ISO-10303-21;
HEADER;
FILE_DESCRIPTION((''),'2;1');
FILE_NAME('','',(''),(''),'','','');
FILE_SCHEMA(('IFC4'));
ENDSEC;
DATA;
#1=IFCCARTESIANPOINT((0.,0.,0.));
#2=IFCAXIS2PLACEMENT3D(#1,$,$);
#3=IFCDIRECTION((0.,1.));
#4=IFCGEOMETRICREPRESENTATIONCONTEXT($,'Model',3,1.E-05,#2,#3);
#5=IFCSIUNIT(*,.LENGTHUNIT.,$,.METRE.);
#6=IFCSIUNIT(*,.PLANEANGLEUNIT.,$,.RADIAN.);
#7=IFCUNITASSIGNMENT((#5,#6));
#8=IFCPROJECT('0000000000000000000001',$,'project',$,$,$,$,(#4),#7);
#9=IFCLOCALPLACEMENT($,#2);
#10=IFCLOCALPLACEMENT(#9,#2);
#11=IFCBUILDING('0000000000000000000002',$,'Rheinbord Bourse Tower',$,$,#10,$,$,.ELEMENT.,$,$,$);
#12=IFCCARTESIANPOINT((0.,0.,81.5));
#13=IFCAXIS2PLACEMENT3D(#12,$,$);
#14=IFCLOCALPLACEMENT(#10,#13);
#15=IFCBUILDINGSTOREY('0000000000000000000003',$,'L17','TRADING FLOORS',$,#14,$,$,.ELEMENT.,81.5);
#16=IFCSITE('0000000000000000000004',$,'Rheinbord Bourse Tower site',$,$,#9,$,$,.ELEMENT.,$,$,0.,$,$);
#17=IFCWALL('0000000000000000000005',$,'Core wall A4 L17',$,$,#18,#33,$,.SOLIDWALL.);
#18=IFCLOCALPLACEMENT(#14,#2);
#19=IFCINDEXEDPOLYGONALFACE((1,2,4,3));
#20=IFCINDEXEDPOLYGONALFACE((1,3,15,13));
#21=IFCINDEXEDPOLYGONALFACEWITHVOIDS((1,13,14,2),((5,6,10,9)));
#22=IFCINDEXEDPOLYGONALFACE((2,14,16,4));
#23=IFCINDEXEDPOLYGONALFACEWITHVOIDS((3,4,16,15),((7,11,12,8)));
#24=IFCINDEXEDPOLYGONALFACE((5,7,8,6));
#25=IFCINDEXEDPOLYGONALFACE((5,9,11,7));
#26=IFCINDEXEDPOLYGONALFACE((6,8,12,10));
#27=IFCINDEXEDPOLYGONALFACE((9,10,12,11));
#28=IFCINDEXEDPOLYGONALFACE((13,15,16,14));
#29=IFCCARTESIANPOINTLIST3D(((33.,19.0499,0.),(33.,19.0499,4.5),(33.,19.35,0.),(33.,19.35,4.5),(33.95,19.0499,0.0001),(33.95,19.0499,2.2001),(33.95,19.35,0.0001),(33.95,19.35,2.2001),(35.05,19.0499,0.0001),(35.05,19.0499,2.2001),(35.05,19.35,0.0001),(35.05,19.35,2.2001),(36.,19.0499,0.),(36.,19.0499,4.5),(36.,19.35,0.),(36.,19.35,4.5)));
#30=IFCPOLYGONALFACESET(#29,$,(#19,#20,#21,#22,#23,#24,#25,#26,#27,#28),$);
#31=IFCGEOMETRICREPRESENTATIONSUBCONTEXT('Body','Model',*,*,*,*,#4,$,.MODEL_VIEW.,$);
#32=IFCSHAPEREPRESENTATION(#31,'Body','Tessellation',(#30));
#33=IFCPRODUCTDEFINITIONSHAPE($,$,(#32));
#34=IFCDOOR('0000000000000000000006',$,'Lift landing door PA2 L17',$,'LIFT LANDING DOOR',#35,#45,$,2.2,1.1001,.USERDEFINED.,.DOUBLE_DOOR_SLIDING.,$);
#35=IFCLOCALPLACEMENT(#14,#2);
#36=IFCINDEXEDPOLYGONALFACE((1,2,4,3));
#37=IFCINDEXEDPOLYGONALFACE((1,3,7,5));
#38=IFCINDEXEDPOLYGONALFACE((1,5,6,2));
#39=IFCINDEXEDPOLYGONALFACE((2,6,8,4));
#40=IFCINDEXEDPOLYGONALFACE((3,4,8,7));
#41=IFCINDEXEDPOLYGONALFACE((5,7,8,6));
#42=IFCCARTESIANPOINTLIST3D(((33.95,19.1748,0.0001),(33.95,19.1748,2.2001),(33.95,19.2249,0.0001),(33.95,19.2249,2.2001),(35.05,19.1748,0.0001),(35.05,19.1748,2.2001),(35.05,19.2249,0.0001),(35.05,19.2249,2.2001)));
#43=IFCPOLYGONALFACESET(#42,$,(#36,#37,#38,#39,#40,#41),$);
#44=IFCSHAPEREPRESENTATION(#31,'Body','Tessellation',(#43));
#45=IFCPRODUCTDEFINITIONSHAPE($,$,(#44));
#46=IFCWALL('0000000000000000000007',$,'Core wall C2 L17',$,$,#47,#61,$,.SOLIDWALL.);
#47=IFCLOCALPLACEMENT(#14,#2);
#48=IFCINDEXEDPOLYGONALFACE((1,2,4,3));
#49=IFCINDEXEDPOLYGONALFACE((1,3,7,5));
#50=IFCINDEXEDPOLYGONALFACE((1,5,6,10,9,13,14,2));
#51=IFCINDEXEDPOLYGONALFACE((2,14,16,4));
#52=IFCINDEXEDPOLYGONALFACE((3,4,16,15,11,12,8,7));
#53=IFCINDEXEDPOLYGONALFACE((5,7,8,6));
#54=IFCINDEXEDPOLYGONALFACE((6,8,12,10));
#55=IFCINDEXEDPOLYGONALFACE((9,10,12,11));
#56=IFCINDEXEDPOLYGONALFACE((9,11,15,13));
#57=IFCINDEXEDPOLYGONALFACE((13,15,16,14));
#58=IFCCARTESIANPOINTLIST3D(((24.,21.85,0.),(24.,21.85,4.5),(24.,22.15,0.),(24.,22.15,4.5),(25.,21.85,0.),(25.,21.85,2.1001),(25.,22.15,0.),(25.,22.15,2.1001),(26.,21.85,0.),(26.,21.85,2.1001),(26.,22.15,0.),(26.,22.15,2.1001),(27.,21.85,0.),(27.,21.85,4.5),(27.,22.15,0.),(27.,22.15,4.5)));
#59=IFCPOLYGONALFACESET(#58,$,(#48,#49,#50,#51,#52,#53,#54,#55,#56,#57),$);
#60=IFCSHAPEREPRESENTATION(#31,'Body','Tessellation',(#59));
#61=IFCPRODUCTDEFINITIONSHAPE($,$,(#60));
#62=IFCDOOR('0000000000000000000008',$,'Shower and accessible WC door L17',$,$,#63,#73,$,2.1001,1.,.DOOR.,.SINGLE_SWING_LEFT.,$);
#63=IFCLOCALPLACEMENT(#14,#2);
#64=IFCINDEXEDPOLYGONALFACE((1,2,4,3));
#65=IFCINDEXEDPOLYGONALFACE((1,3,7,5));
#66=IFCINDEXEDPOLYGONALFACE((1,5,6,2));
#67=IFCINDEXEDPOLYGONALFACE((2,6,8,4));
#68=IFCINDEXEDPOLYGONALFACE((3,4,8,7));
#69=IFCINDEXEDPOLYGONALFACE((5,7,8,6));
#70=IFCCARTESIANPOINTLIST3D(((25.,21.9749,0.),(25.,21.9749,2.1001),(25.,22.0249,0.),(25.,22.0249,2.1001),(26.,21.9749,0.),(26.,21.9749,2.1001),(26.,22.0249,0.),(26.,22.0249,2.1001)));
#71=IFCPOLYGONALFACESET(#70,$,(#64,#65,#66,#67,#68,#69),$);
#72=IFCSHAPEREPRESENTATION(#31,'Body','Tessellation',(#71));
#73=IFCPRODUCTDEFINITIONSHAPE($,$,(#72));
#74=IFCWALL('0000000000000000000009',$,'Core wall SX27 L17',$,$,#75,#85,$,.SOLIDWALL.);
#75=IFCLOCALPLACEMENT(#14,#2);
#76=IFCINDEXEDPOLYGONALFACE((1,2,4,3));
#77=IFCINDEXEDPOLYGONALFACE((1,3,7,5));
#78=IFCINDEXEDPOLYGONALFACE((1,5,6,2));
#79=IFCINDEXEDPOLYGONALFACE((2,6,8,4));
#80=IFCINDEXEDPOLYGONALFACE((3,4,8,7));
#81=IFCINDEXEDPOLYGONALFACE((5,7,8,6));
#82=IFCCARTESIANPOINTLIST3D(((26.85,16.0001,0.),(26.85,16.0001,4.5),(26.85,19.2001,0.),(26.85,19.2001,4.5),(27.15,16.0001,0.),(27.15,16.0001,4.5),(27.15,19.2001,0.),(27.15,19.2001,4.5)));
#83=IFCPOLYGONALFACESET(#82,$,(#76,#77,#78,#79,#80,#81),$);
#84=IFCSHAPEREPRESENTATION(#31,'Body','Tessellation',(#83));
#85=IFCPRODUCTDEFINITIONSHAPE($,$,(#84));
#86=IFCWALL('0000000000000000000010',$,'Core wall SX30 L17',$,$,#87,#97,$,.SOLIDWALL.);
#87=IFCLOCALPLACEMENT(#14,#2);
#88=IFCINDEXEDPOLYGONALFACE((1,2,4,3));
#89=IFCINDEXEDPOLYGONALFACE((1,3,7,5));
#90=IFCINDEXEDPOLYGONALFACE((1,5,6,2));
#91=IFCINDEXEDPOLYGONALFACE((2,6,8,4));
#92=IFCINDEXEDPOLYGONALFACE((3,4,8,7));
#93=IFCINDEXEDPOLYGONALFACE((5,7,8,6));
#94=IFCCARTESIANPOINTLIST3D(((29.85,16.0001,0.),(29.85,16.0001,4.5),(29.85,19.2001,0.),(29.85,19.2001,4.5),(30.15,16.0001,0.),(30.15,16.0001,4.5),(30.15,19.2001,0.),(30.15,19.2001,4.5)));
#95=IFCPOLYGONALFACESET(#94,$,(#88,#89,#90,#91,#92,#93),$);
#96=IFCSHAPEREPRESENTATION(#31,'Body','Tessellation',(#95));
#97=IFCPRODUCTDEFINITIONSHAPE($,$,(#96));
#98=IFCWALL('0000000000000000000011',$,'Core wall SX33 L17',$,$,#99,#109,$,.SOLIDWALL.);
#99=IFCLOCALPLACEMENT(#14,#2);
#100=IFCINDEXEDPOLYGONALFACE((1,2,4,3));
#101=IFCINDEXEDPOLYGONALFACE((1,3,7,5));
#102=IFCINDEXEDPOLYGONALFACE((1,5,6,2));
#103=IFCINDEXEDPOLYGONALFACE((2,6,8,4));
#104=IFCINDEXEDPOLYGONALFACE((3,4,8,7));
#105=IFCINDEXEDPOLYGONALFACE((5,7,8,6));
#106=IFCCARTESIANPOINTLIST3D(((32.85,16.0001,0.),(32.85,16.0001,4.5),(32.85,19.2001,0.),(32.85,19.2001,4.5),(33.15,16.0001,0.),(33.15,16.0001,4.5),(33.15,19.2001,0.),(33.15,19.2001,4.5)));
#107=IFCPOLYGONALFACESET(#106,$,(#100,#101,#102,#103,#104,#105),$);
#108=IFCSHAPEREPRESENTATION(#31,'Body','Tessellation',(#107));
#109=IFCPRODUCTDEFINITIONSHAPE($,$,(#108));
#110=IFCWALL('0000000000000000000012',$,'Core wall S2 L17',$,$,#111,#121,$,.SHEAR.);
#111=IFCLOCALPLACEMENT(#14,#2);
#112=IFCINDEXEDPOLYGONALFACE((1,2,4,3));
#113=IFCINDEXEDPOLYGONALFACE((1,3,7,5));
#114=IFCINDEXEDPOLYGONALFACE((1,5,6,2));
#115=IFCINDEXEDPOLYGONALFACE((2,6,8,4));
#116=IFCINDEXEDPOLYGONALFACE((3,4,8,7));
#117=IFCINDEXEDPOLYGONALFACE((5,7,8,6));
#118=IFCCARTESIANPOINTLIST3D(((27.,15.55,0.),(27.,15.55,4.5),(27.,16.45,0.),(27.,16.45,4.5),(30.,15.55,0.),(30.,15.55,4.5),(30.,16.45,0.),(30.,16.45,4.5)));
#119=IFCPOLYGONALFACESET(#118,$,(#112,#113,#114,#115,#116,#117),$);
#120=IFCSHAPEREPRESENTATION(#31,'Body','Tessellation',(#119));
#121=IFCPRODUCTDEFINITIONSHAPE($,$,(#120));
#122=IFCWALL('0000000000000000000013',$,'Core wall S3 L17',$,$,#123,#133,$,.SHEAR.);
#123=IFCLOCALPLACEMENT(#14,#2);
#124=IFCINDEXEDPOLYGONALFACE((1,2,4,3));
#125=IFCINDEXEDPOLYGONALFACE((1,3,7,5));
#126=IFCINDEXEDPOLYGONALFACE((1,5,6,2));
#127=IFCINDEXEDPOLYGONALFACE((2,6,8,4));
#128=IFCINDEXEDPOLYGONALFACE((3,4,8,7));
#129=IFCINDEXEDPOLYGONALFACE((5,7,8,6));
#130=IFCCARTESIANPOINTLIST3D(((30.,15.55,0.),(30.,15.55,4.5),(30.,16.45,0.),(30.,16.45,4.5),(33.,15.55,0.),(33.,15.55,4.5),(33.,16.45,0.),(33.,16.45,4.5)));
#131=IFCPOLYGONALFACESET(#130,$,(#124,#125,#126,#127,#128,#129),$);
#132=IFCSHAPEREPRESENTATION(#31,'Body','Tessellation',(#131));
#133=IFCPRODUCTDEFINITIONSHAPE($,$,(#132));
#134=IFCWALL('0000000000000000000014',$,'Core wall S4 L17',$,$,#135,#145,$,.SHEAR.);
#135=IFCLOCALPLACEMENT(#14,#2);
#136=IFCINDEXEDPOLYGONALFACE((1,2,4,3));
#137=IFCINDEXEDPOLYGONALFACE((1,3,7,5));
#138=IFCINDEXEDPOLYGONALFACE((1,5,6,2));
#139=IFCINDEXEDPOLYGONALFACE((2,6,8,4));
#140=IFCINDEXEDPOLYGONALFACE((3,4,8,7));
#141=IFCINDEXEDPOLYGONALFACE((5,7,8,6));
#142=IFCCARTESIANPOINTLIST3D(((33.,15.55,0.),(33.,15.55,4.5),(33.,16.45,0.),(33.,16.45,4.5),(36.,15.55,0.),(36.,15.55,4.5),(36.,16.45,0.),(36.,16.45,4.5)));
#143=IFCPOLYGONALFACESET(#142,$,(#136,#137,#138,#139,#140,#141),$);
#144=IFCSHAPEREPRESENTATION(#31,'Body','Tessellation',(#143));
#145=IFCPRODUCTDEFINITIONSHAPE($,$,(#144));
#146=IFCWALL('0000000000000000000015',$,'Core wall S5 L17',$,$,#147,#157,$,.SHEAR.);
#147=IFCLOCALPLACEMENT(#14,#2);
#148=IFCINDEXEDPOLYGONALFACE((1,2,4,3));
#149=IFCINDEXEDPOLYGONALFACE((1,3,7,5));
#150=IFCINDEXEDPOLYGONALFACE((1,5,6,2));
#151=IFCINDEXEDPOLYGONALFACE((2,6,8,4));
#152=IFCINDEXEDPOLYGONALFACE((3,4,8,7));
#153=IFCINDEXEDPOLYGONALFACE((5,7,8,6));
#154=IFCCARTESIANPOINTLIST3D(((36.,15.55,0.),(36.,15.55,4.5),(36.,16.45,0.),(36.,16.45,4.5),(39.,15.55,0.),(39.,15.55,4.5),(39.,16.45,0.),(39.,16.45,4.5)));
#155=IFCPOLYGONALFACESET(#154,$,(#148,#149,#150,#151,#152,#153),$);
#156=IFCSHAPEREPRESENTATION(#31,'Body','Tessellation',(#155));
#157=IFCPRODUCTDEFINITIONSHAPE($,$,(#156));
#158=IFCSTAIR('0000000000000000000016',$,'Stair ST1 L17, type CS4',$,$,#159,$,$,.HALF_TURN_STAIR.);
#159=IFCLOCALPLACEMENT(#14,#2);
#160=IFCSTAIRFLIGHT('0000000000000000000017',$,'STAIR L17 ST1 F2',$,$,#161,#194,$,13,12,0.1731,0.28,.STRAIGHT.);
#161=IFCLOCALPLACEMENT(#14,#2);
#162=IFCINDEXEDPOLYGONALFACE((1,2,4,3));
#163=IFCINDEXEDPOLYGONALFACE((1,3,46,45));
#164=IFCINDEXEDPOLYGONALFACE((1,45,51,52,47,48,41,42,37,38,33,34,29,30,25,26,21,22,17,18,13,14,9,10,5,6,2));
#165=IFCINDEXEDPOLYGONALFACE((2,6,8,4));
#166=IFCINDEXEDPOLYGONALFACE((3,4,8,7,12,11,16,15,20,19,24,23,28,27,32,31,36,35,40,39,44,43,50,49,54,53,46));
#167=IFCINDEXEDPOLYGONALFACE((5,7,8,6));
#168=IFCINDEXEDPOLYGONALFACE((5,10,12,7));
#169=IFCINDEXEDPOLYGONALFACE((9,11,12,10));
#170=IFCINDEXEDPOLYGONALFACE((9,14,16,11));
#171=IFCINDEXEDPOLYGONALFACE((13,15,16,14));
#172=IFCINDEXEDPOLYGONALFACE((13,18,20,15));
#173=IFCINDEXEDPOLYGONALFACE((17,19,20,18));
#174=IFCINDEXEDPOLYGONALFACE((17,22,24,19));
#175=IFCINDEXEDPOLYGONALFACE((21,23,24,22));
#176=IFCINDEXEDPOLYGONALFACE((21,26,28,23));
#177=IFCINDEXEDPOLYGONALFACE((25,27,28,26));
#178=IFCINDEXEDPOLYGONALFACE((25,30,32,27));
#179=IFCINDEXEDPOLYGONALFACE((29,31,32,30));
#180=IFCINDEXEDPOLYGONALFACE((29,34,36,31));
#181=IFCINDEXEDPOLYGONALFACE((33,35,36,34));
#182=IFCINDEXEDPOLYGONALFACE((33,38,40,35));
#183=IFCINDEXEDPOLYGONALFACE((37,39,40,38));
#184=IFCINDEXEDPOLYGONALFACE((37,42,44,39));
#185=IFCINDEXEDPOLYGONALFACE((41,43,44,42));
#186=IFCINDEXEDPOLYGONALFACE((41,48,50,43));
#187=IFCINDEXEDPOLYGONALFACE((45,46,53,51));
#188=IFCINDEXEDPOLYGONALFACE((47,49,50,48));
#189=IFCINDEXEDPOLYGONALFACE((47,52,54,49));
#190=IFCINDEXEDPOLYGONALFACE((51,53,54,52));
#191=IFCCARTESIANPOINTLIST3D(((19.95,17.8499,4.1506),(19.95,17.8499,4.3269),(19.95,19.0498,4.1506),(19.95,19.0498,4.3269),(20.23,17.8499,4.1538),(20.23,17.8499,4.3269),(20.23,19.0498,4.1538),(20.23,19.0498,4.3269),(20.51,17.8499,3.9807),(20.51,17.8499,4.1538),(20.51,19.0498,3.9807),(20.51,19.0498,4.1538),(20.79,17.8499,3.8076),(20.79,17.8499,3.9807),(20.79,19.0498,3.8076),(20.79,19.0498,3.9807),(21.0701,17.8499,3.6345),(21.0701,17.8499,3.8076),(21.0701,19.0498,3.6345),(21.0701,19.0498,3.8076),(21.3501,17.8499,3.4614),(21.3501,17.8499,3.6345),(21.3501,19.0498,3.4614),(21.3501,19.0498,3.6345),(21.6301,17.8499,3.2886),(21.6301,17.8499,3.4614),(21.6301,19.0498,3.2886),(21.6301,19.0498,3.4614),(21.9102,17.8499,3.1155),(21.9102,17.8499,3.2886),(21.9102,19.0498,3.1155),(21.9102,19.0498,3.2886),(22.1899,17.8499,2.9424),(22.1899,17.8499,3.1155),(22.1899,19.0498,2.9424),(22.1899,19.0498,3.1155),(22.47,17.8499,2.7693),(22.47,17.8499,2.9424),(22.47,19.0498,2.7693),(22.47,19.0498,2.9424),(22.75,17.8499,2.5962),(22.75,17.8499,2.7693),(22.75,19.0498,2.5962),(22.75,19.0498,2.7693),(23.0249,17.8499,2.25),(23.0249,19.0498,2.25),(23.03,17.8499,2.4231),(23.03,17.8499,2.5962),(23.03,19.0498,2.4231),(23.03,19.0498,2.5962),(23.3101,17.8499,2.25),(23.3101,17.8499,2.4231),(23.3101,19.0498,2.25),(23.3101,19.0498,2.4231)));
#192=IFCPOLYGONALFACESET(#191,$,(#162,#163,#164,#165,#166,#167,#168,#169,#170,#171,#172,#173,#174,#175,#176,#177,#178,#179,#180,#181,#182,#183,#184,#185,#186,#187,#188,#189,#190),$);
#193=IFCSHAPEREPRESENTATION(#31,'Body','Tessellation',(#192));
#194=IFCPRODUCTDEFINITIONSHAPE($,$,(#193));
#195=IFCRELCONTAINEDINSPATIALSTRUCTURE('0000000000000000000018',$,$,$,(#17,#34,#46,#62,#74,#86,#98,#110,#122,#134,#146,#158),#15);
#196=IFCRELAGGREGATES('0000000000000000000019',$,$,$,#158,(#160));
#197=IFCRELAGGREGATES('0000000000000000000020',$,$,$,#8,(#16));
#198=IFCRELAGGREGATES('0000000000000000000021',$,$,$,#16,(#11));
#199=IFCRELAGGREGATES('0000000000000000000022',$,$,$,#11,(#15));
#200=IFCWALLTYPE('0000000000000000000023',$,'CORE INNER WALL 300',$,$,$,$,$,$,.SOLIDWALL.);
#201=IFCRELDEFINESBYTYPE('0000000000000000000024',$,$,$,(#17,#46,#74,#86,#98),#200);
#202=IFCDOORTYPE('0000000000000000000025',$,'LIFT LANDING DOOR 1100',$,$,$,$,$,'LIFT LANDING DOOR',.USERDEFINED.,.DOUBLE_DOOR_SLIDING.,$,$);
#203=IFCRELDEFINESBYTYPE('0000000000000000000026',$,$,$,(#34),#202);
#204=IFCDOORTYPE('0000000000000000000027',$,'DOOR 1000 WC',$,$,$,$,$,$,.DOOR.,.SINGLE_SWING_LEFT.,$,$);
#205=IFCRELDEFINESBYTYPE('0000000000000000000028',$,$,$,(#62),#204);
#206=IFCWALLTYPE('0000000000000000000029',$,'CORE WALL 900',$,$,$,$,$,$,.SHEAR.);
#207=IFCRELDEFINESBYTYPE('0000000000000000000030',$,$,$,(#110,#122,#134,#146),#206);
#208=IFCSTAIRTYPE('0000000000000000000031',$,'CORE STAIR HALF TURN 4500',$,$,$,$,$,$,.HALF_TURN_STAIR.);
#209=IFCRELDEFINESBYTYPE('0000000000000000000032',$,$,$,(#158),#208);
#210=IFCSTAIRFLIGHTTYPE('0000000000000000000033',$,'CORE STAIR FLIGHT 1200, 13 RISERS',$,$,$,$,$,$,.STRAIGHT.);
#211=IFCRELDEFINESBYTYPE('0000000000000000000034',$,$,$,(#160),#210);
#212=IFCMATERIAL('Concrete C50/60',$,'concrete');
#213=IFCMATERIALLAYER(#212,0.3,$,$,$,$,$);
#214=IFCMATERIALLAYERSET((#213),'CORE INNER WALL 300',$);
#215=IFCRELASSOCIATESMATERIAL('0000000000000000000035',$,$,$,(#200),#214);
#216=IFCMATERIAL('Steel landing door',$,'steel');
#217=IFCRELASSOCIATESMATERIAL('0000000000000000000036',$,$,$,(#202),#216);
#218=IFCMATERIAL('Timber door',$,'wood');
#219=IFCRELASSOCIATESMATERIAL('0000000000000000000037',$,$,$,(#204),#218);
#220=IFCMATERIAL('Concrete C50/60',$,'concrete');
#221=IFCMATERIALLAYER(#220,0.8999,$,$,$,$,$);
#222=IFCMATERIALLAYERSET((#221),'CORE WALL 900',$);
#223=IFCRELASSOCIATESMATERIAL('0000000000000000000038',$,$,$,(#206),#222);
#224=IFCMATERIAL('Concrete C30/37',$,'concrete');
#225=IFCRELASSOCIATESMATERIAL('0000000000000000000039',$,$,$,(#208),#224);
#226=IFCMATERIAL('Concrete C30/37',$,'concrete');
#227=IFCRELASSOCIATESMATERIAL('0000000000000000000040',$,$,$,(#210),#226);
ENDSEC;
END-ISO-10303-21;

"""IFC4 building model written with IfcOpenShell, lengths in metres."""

from ifc_helpers import new_model, si_unit, direction, frame, frame_2d, origin, place, context, subcontext, project, spatial, polyline, rectangle, outline, extrude, material, layer, layer_set, type_object, element, fill, aggregate, save


model = new_model("IFC4")

# Units and contexts
model_context = context("Model", 3, precision=1e-05, world=origin(), true_north=direction((0.0, 1.0)))
body_context = subcontext(model_context, "Body", "Model", "MODEL_VIEW")
ifc_project = project(units=[si_unit("LENGTHUNIT", "METRE"), si_unit("PLANEANGLEUNIT", "RADIAN")], contexts=[model_context])

# Site, building, storey
site_placement = place(None, origin())
site = spatial("IfcSite", under=ifc_project, at=site_placement, Name="Rheinbord Bourse Tower site", CompositionType="ELEMENT", RefElevation=0.0)
building_placement = place(site_placement, origin())
building = spatial("IfcBuilding", under=site, at=building_placement, Name="Rheinbord Bourse Tower", CompositionType="ELEMENT")
storey_placement = place(building_placement, frame((0.0, 0.0, 81.5)))
storey = spatial("IfcBuildingStorey", under=building, at=storey_placement, Name="L17", Description="TRADING FLOORS", CompositionType="ELEMENT", Elevation=81.5)

# Walls, openings, doors
ifc_material_1 = material(Name="Concrete C50/60", Category="concrete")
ifc_layer_1 = layer(ifc_material_1, 0.3)
ifc_layer_set_1 = layer_set([ifc_layer_1], Name="CORE INNER WALL 300")
wall_type_1 = type_object("IfcWallType", Name="CORE INNER WALL 300", PredefinedType="SOLIDWALL", material=ifc_layer_set_1)
ifc_material_2 = material(Name="Steel landing door", Category="steel")
door_type_1 = type_object("IfcDoorType", Name="LIFT LANDING DOOR 1100", ElementType="LIFT LANDING DOOR", OperationType="DOUBLE_DOOR_SLIDING", PredefinedType="USERDEFINED", material=ifc_material_2)
wall_1_placement = place(storey_placement, frame((33.0, 19.2, 0.0), z_axis=(0.0, 0.0, 1.0), x_axis=(1.0, 0.0, 0.0)))
wall_1 = element("IfcWall", 1, at=wall_1_placement, inside=storey, type_object=wall_type_1, Name="Core wall A4 L17", PredefinedType="SOLIDWALL", context=body_context, shape_type="SweptSolid", body=[
    extrude(rectangle(XDim=3.0, YDim=0.3, at=frame_2d((1.5, 0.0))), origin(), (0.0, 0.0, 1.0), 4.5),
])
opening_1_placement = place(wall_1_placement, frame((0.95, 0.0, 0.0)))
opening_1 = element("IfcOpeningElement", 2, at=opening_1_placement, cuts=wall_1, PredefinedType="OPENING", context=body_context, shape_type="SweptSolid", body=[
    extrude(rectangle(XDim=1.1001, YDim=2.2, at=frame_2d((0.55, 1.1001))), frame((0.0, 0.1599, 0.0), z_axis=(0.0, -1.0, 0.0), x_axis=(1.0, 0.0, 0.0)), (0.0, 0.0, 1.0), 0.3201),
])
door_1_placement = place(opening_1_placement, origin())
door_1 = element("IfcDoor", 3, at=door_1_placement, inside=storey, type_object=door_type_1, Name="Lift landing door PA2 L17", ObjectType="LIFT LANDING DOOR", OperationType="DOUBLE_DOOR_SLIDING", OverallHeight=2.2, OverallWidth=1.1001, PredefinedType="USERDEFINED", context=body_context, shape_type="SweptSolid", body=[
    extrude(rectangle(XDim=1.1001, YDim=2.2, at=frame_2d((0.55, 1.1001))), frame((0.0, 0.0249, 0.0), z_axis=(0.0, -1.0, 0.0), x_axis=(1.0, 0.0, 0.0)), (0.0, 0.0, 1.0), 0.05),
])
fill(opening_1, door_1)
wall_2_placement = place(storey_placement, frame((24.0, 22.0, 0.0), z_axis=(0.0, 0.0, 1.0), x_axis=(1.0, 0.0, 0.0)))
wall_2 = element("IfcWall", 4, at=wall_2_placement, inside=storey, type_object=wall_type_1, Name="Core wall C2 L17", PredefinedType="SOLIDWALL", context=body_context, shape_type="SweptSolid", body=[
    extrude(rectangle(XDim=3.0, YDim=0.3, at=frame_2d((1.5, 0.0))), origin(), (0.0, 0.0, 1.0), 4.5),
])
opening_2_placement = place(wall_2_placement, frame((1.0, 0.0, 0.0)))
opening_2 = element("IfcOpeningElement", 5, at=opening_2_placement, cuts=wall_2, PredefinedType="OPENING", context=body_context, shape_type="SweptSolid", body=[
    extrude(rectangle(XDim=1.0, YDim=2.1001, at=frame_2d((0.5, 1.05))), frame((0.0, 0.1599, 0.0), z_axis=(0.0, -1.0, 0.0), x_axis=(1.0, 0.0, 0.0)), (0.0, 0.0, 1.0), 0.3201),
])
ifc_material_3 = material(Name="Timber door", Category="wood")
door_type_2 = type_object("IfcDoorType", Name="DOOR 1000 WC", OperationType="SINGLE_SWING_LEFT", PredefinedType="DOOR", material=ifc_material_3)
door_2_placement = place(opening_2_placement, origin())
door_2 = element("IfcDoor", 6, at=door_2_placement, inside=storey, type_object=door_type_2, Name="Shower and accessible WC door L17", OperationType="SINGLE_SWING_LEFT", OverallHeight=2.1001, OverallWidth=1.0, PredefinedType="DOOR", context=body_context, shape_type="SweptSolid", body=[
    extrude(rectangle(XDim=1.0, YDim=2.1001, at=frame_2d((0.5, 1.05))), frame((0.0, 0.0249, 0.0), z_axis=(0.0, -1.0, 0.0), x_axis=(1.0, 0.0, 0.0)), (0.0, 0.0, 1.0), 0.05),
])
fill(opening_2, door_2)

# Walls
for number, where, z_axis, x_axis, name in (
    (7, (27.0, 16.0, 0.0), (0.0, 0.0, 1.0), (0.0, 1.0, 0.0), "Core wall SX27 L17"),
    (8, (30.0, 16.0, 0.0), (0.0, 0.0, 1.0), (0.0, 1.0, 0.0), "Core wall SX30 L17"),
    (9, (33.0, 16.0, 0.0), (0.0, 0.0, 1.0), (0.0, 1.0, 0.0), "Core wall SX33 L17"),
):
    element("IfcWall", number, at=place(storey_placement, frame(where, z_axis=z_axis, x_axis=x_axis)), inside=storey, type_object=wall_type_1, Name=name, PredefinedType="SOLIDWALL", context=body_context, shape_type="SweptSolid", body=[
        extrude(rectangle(XDim=3.2, YDim=0.3, at=frame_2d((1.6001, 0.0))), origin(), (0.0, 0.0, 1.0), 4.5),
    ])
ifc_material_4 = material(Name="Concrete C50/60", Category="concrete")
ifc_layer_2 = layer(ifc_material_4, 0.8999)
ifc_layer_set_2 = layer_set([ifc_layer_2], Name="CORE WALL 900")
wall_type_2 = type_object("IfcWallType", Name="CORE WALL 900", PredefinedType="SHEAR", material=ifc_layer_set_2)
for number, where, z_axis, x_axis, name in (
    (10, (27.0, 16.0, 0.0), (0.0, 0.0, 1.0), (1.0, 0.0, 0.0), "Core wall S2 L17"),
    (11, (30.0, 16.0, 0.0), (0.0, 0.0, 1.0), (1.0, 0.0, 0.0), "Core wall S3 L17"),
    (12, (33.0, 16.0, 0.0), (0.0, 0.0, 1.0), (1.0, 0.0, 0.0), "Core wall S4 L17"),
    (13, (36.0, 16.0, 0.0), (0.0, 0.0, 1.0), (1.0, 0.0, 0.0), "Core wall S5 L17"),
):
    element("IfcWall", number, at=place(storey_placement, frame(where, z_axis=z_axis, x_axis=x_axis)), inside=storey, type_object=wall_type_2, Name=name, PredefinedType="SHEAR", context=body_context, shape_type="SweptSolid", body=[
        extrude(rectangle(XDim=3.0, YDim=0.8999, at=frame_2d((1.5, 0.0))), origin(), (0.0, 0.0, 1.0), 4.5),
    ])

# Stair, stair flight
ifc_material_5 = material(Name="Concrete C30/37", Category="concrete")
stair_type = type_object("IfcStairType", Name="CORE STAIR HALF TURN 4500", PredefinedType="HALF_TURN_STAIR", material=ifc_material_5)
stair_placement = place(storey_placement, origin())
stair = element("IfcStair", 14, at=stair_placement, inside=storey, type_object=stair_type, Name="Stair ST1 L17, type CS4", PredefinedType="HALF_TURN_STAIR")
ifc_material_6 = material(Name="Concrete C30/37", Category="concrete")
stair_flight_type = type_object("IfcStairFlightType", Name="CORE STAIR FLIGHT 1200, 13 RISERS", PredefinedType="STRAIGHT", material=ifc_material_6)
stair_flight_placement = place(storey_placement, frame((23.3101, 18.45, 2.25), z_axis=(0.0, 0.0, 1.0), x_axis=(-1.0, 0.0, 0.0)))
stair_flight = element("IfcStairFlight", 15, at=stair_flight_placement, type_object=stair_flight_type, Name="STAIR L17 ST1 F2", NumberOfRisers=13, NumberOfTreads=12, PredefinedType="STRAIGHT", RiserHeight=0.1731, TreadLength=0.28, context=body_context, shape_type="SweptSolid", body=[
    extrude(outline(polyline([(0.0, 0.0), (0.0, 0.1731), (0.28, 0.1731), (0.28, 0.3462), (0.5601, 0.3462), (0.5601, 0.5193), (0.8401, 0.5193), (0.8401, 0.6924), (1.1201, 0.6924), (1.1201, 0.8655), (1.3999, 0.8655), (1.3999, 1.0386), (1.6799, 1.0386), (1.6799, 1.2114), (1.96, 1.2114), (1.96, 1.3845), (2.24, 1.3845), (2.24, 1.5576), (2.52, 1.5576), (2.52, 1.7307), (2.8, 1.7307), (2.8, 1.9038), (3.0801, 1.9038), (3.0801, 2.0769), (3.3601, 2.0769), (3.3601, 2.25), (3.3601, 1.9006), (0.2852, 0.0), (0.0, 0.0)])), frame((0.0, 0.6001, 0.0), z_axis=(0.0, -1.0, 0.0), x_axis=(1.0, 0.0, 0.0)), (0.0, 0.0, 1.0), 1.2),
])
aggregate(stair, [stair_flight])

save(model, "model.ifc")
